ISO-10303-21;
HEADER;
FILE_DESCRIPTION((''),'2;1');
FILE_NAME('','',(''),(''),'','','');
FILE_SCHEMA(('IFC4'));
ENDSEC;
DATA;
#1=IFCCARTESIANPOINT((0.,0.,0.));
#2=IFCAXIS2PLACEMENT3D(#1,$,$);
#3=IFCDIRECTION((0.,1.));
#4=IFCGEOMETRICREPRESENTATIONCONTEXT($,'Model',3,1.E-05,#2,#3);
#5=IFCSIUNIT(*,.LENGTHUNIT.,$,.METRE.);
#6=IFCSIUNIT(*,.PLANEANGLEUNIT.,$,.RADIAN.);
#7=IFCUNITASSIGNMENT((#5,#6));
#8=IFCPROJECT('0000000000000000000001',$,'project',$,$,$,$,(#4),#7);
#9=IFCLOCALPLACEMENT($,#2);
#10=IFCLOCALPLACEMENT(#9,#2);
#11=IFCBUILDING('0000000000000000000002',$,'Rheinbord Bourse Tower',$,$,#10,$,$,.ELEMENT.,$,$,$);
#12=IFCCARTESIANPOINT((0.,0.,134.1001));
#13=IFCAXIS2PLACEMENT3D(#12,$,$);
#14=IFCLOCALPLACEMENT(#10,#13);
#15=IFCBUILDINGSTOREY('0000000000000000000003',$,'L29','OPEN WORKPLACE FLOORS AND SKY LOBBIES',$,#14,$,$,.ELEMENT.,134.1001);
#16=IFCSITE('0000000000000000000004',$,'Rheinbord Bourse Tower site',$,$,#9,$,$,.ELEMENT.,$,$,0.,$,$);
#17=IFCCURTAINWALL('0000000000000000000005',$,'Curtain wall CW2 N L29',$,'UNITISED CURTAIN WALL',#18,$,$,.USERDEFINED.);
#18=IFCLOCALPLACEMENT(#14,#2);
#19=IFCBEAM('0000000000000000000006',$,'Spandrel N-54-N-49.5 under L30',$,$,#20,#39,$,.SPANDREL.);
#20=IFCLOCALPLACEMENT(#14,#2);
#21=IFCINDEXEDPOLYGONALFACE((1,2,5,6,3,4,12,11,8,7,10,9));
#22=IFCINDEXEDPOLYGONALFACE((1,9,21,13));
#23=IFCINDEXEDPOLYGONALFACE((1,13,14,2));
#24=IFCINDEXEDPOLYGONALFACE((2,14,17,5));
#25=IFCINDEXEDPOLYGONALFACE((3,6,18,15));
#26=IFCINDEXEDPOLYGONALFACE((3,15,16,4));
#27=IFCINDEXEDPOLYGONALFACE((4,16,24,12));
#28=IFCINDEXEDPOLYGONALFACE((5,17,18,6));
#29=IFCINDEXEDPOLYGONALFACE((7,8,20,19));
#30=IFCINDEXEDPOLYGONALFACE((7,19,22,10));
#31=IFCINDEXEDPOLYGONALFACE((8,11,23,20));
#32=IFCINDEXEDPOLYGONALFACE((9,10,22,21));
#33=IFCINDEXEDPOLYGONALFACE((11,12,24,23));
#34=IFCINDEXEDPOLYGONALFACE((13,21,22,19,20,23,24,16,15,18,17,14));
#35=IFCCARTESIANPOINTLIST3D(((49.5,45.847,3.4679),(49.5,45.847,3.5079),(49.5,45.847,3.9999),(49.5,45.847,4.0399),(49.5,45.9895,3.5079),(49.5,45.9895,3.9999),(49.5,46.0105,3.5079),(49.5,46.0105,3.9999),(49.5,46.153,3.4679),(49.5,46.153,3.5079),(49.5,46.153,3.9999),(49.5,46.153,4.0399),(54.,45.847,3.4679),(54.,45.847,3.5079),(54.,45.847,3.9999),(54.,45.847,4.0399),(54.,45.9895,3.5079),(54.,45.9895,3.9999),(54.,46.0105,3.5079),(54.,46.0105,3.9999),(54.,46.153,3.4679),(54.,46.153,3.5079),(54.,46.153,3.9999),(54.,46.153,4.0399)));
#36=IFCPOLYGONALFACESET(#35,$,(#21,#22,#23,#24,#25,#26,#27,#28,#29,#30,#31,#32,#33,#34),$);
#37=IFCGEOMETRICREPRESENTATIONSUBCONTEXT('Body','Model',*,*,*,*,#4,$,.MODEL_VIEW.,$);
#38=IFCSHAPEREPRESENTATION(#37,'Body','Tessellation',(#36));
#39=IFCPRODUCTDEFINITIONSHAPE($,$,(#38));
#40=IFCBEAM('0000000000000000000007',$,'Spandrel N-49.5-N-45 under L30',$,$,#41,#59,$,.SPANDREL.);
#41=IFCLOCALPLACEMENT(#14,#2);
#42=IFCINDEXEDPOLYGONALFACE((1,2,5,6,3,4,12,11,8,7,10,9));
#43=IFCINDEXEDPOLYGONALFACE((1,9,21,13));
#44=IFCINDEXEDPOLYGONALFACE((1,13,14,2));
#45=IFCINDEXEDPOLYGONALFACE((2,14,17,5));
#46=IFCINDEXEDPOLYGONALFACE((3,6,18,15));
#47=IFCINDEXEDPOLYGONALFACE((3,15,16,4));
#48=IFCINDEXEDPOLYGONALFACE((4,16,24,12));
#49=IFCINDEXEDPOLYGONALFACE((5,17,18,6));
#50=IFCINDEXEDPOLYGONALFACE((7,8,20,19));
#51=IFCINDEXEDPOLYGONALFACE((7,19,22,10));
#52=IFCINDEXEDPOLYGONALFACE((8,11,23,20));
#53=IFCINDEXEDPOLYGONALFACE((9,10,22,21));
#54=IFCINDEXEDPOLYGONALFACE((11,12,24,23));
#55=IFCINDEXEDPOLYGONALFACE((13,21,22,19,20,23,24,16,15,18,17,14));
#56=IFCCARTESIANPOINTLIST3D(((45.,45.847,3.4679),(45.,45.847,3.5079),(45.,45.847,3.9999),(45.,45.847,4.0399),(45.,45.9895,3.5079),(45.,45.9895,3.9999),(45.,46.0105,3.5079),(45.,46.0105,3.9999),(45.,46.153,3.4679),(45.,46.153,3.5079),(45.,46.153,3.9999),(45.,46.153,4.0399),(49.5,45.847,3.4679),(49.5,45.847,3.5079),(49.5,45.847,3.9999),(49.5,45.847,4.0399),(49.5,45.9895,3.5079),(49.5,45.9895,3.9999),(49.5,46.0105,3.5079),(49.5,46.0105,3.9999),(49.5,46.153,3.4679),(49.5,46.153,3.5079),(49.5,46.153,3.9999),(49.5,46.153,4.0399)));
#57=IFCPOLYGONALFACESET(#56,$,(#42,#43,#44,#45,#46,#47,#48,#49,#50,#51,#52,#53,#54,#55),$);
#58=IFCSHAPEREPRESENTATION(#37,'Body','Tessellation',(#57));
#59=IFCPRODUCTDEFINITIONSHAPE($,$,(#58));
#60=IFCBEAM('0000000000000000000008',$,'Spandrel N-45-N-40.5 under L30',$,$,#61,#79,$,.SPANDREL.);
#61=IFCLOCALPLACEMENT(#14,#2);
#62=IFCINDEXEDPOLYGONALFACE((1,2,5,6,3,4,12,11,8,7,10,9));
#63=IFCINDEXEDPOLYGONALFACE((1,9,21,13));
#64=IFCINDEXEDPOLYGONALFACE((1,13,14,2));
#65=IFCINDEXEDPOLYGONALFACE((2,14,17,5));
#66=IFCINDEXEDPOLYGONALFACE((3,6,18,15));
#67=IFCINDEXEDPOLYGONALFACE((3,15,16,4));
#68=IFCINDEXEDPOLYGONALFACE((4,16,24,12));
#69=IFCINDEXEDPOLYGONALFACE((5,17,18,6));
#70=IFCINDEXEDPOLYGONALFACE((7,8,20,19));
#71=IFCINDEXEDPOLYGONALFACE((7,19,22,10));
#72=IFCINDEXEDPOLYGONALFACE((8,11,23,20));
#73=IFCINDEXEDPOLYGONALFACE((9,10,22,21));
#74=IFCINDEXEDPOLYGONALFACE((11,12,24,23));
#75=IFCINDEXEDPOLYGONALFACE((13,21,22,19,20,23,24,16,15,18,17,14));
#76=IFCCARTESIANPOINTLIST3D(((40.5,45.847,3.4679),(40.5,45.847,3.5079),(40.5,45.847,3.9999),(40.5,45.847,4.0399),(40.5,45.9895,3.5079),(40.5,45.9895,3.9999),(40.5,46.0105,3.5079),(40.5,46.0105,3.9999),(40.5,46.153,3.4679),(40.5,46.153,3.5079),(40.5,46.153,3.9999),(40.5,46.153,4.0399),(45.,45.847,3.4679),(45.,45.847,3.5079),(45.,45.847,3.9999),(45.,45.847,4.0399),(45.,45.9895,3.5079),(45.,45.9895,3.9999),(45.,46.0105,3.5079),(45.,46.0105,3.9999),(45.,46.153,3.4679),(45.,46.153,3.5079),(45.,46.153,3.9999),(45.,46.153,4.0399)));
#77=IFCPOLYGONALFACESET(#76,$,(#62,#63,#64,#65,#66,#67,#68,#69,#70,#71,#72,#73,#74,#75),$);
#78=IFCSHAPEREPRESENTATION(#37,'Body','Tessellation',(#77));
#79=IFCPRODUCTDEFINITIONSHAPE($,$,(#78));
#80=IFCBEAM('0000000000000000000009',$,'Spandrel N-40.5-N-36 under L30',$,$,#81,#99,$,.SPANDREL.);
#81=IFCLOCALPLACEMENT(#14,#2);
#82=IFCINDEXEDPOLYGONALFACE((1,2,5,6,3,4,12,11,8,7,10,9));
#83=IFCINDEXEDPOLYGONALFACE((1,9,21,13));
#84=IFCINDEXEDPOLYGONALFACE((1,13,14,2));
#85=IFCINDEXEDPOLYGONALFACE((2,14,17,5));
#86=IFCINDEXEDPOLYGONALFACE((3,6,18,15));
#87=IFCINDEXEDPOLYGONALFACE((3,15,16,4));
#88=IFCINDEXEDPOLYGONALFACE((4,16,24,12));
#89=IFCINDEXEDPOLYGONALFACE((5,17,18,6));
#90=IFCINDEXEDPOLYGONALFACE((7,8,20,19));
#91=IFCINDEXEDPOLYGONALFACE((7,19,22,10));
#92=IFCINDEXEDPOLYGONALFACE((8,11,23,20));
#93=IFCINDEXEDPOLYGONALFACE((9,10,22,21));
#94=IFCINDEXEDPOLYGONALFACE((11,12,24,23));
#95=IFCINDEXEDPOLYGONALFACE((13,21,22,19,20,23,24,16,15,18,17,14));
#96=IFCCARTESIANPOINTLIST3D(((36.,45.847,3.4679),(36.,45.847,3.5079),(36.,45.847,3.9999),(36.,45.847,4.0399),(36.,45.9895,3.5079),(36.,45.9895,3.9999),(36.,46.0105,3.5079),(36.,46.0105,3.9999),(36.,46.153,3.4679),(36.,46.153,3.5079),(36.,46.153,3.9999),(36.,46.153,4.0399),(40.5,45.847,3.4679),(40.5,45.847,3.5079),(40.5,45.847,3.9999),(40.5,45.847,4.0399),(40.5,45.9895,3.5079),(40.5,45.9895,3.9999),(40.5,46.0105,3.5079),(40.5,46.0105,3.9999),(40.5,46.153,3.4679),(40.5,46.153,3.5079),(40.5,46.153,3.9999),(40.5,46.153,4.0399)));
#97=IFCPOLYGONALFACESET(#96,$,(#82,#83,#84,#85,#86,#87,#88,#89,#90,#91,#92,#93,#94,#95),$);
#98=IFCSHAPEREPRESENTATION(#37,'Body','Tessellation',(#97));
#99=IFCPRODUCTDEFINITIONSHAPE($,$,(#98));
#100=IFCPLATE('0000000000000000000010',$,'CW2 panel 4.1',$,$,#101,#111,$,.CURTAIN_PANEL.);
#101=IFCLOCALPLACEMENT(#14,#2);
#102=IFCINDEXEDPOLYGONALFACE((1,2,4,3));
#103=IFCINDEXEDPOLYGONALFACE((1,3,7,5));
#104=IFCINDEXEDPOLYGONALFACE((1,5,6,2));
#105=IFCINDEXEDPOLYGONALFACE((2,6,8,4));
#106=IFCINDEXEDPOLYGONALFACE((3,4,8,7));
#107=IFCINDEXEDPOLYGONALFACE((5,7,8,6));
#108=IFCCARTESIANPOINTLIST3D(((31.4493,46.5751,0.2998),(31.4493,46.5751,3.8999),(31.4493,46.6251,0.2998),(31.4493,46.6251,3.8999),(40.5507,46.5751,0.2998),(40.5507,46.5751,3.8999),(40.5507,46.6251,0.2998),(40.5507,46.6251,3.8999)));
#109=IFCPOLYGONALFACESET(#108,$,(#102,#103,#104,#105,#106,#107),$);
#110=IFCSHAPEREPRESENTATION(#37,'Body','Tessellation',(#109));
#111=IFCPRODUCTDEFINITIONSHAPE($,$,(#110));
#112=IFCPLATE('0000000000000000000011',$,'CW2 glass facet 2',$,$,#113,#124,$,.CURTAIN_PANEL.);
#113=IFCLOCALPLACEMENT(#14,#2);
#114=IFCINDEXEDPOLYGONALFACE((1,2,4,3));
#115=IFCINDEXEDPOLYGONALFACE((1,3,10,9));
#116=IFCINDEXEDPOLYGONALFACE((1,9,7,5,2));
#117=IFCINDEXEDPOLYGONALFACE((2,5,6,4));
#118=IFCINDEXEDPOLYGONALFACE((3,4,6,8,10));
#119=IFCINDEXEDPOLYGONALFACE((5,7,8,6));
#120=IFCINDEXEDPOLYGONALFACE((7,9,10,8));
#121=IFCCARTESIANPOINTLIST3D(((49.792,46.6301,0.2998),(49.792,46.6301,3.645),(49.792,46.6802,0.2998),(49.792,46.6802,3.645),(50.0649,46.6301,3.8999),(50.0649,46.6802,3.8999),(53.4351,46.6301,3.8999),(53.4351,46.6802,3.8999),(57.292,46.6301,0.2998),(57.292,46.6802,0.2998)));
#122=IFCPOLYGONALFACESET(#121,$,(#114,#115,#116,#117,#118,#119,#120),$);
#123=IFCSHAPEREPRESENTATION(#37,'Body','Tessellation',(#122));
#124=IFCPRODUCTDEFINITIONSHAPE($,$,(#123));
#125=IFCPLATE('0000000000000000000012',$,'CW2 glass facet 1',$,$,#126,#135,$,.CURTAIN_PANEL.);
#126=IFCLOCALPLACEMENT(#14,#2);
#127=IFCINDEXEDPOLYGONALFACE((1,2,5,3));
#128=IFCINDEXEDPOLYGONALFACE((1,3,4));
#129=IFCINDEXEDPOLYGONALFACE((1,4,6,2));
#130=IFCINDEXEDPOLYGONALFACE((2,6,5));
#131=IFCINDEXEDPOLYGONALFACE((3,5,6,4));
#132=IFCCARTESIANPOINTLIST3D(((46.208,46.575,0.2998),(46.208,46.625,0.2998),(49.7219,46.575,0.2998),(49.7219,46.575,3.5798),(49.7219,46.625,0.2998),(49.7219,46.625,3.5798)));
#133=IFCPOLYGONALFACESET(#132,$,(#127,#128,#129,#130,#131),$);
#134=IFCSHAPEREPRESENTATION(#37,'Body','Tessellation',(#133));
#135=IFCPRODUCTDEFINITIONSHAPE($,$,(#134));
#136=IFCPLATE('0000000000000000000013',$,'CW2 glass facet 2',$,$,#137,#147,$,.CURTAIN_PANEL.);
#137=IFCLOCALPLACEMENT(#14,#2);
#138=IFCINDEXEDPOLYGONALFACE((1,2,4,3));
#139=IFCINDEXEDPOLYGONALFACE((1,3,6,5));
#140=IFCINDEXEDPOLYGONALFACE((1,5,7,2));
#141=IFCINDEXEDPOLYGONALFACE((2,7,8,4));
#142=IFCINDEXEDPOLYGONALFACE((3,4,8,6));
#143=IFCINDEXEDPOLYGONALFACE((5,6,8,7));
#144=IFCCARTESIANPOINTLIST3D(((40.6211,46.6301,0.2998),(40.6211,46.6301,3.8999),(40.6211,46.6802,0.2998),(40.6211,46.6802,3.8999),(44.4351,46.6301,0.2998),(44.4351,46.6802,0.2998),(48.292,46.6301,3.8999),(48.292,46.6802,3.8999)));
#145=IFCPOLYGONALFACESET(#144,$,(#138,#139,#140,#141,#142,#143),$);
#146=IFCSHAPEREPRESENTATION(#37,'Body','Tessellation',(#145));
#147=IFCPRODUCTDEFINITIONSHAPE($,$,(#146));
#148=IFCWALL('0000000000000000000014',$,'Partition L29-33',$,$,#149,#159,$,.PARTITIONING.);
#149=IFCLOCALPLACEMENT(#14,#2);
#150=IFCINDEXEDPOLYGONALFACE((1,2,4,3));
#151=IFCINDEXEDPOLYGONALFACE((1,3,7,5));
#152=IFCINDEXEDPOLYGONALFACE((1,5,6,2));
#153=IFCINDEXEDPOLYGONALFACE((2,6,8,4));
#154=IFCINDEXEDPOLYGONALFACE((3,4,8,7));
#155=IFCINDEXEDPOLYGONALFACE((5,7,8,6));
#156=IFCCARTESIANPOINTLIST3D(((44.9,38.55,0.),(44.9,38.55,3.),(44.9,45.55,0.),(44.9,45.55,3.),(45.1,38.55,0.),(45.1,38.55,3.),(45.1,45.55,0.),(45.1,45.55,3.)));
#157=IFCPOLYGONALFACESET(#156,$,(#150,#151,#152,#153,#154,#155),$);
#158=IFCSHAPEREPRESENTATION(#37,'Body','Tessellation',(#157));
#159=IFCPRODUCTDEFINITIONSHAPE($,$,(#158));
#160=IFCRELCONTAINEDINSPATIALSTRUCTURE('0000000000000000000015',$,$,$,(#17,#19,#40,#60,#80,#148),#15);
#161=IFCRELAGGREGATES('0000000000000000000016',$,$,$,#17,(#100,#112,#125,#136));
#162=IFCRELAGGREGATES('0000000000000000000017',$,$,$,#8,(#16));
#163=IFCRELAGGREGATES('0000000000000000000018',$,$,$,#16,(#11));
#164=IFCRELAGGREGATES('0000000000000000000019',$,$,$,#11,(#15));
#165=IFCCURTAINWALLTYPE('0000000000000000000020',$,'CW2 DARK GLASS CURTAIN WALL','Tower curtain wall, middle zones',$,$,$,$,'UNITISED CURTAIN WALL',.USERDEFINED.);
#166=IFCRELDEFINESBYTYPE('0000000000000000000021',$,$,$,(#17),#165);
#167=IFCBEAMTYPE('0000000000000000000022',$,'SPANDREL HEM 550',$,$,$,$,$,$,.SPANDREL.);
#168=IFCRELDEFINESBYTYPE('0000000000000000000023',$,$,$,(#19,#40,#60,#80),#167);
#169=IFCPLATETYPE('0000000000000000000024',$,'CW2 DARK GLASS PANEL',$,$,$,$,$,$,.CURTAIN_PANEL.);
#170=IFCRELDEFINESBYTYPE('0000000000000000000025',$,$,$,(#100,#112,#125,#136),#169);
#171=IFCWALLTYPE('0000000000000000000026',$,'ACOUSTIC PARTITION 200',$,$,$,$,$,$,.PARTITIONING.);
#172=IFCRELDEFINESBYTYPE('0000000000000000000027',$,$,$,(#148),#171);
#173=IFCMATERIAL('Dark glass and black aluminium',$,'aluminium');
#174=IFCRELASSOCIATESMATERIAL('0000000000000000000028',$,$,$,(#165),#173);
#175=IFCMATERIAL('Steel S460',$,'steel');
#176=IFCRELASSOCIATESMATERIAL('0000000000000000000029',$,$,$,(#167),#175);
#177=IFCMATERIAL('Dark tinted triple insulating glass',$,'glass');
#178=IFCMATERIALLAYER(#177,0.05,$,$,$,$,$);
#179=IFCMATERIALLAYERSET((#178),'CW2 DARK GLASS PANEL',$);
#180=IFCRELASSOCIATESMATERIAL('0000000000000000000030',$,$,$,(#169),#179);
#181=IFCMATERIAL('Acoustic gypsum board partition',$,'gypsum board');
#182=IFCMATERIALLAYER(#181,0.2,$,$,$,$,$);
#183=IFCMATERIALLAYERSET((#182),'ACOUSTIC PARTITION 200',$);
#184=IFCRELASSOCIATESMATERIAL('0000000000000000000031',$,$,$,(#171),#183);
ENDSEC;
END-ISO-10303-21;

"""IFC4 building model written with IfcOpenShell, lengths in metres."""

from ifc_helpers import new_model, si_unit, direction, frame, frame_2d, origin, origin_2d, place, context, subcontext, project, spatial, polyline, rectangle, i_section, outline, extrude, material, layer, layer_set, material_profile, profile_set, type_object, element, aggregate, save


model = new_model("IFC4")

# Units and contexts
model_context = context("Model", 3, precision=1e-05, world=origin(), true_north=direction((0.0, 1.0)))
body_context = subcontext(model_context, "Body", "Model", "MODEL_VIEW")
ifc_project = project(units=[si_unit("LENGTHUNIT", "METRE"), si_unit("PLANEANGLEUNIT", "RADIAN")], contexts=[model_context])

# Site, building, storey
site_placement = place(None, origin())
site = spatial("IfcSite", under=ifc_project, at=site_placement, Name="Rheinbord Bourse Tower site", CompositionType="ELEMENT", RefElevation=0.0)
building_placement = place(site_placement, origin())
building = spatial("IfcBuilding", under=site, at=building_placement, Name="Rheinbord Bourse Tower", CompositionType="ELEMENT")
storey_placement = place(building_placement, frame((0.0, 0.0, 134.1001)))
storey = spatial("IfcBuildingStorey", under=building, at=storey_placement, Name="L29", Description="OPEN WORKPLACE FLOORS AND SKY LOBBIES", CompositionType="ELEMENT", Elevation=134.1001)

# Curtain wall
ifc_material_1 = material(Name="Dark glass and black aluminium", Category="aluminium")
curtain_wall_type = type_object("IfcCurtainWallType", Name="CW2 DARK GLASS CURTAIN WALL", Description="Tower curtain wall, middle zones", ElementType="UNITISED CURTAIN WALL", PredefinedType="USERDEFINED", material=ifc_material_1)
curtain_wall_placement = place(storey_placement, origin())
curtain_wall = element("IfcCurtainWall", 1, at=curtain_wall_placement, inside=storey, type_object=curtain_wall_type, Name="Curtain wall CW2 N L29", ObjectType="UNITISED CURTAIN WALL", PredefinedType="USERDEFINED")

# Beams
ifc_material_2 = material(Name="Steel S460", Category="steel")
ifc_material_profile_1 = material_profile(ifc_material_2, i_section(OverallWidth=0.3059, OverallDepth=0.572, WebThickness=0.021, FlangeThickness=0.04, at=origin_2d()), Name="HEM 550")
ifc_profile_set_1 = profile_set([ifc_material_profile_1], Name="Steel S460")
beam_type_1 = type_object("IfcBeamType", Name="SPANDREL HEM 550", PredefinedType="SPANDREL", material=ifc_profile_set_1)
for number, where, z_axis, x_axis, name in (
    (2, (54.0, 46.0, 3.7539), (-1.0, 0.0, 0.0), (0.0, -1.0, 0.0), "Spandrel N-54-N-49.5 under L30"),
    (3, (49.5, 46.0, 3.7539), (-1.0, 0.0, 0.0), (0.0, -1.0, 0.0), "Spandrel N-49.5-N-45 under L30"),
    (4, (45.0, 46.0, 3.7539), (-1.0, 0.0, 0.0), (0.0, -1.0, 0.0), "Spandrel N-45-N-40.5 under L30"),
    (5, (40.5, 46.0, 3.7539), (-1.0, 0.0, 0.0), (0.0, -1.0, 0.0), "Spandrel N-40.5-N-36 under L30"),
):
    element("IfcBeam", number, at=place(storey_placement, frame(where, z_axis=z_axis, x_axis=x_axis)), inside=storey, type_object=beam_type_1, Name=name, PredefinedType="SPANDREL", context=body_context, shape_type="SweptSolid", body=[
        extrude(i_section(OverallWidth=0.3059, OverallDepth=0.572, WebThickness=0.021, FlangeThickness=0.04, at=origin_2d()), origin(), (0.0, 0.0, 1.0), 4.5),
    ])

# Plates
ifc_material_3 = material(Name="Dark tinted triple insulating glass", Category="glass")
ifc_layer_1 = layer(ifc_material_3, 0.05)
ifc_layer_set_1 = layer_set([ifc_layer_1], Name="CW2 DARK GLASS PANEL")
plate_type = type_object("IfcPlateType", Name="CW2 DARK GLASS PANEL", PredefinedType="CURTAIN_PANEL", material=ifc_layer_set_1)
plate_1_placement = place(storey_placement, frame((36.0, 46.6001, 0.2998), z_axis=(0.0, 0.0, 1.0), x_axis=(-1.0, 0.0, 0.0)))
plate_1 = element("IfcPlate", 6, at=plate_1_placement, type_object=plate_type, Name="CW2 panel 4.1", PredefinedType="CURTAIN_PANEL", context=body_context, shape_type="SweptSolid", body=[
    extrude(rectangle(XDim=9.1013, YDim=0.05, at=origin_2d()), origin(), (0.0, 0.0, 1.0), 3.6001),
])
plate_2_placement = place(storey_placement, frame((49.792, 46.6802, 0.2998), z_axis=(0.0, -1.0, 0.0), x_axis=(1.0, 0.0, 0.0)))
plate_2 = element("IfcPlate", 7, at=plate_2_placement, type_object=plate_type, Name="CW2 glass facet 2", PredefinedType="CURTAIN_PANEL", context=body_context, shape_type="SweptSolid", body=[
    extrude(outline(polyline([(0.0, 0.0), (7.5, 0.0), (3.6431, 3.6001), (0.2729, 3.6001), (0.0, 3.3452), (0.0, 0.0)])), origin(), (0.0, 0.0, 1.0), 0.05),
])
plate_3_placement = place(storey_placement, frame((49.7219, 46.625, 0.2998), z_axis=(0.0, -1.0, 0.0), x_axis=(0.0, 0.0, 1.0)))
plate_3 = element("IfcPlate", 8, at=plate_3_placement, type_object=plate_type, Name="CW2 glass facet 1", PredefinedType="CURTAIN_PANEL", context=body_context, shape_type="SweptSolid", body=[
    extrude(outline(polyline([(0.0, 0.0), (3.28, 0.0), (0.0, 3.5139), (0.0, 0.0)])), origin(), (0.0, 0.0, 1.0), 0.05),
])
plate_4_placement = place(storey_placement, frame((40.6211, 46.6802, 3.8999), z_axis=(0.0, -1.0, 0.0), x_axis=(0.0, 0.0, -1.0)))
plate_4 = element("IfcPlate", 9, at=plate_4_placement, type_object=plate_type, Name="CW2 glass facet 2", PredefinedType="CURTAIN_PANEL", context=body_context, shape_type="SweptSolid", body=[
    extrude(outline(polyline([(0.0, 0.0), (3.6001, 0.0), (3.6001, 3.814), (0.0, 7.6709), (0.0, 0.0)])), origin(), (0.0, 0.0, 1.0), 0.05),
])
aggregate(curtain_wall, [plate_1, plate_2, plate_3, plate_4])

# Wall
ifc_material_4 = material(Name="Acoustic gypsum board partition", Category="gypsum board")
ifc_layer_2 = layer(ifc_material_4, 0.2)
ifc_layer_set_2 = layer_set([ifc_layer_2], Name="ACOUSTIC PARTITION 200")
wall_type_1 = type_object("IfcWallType", Name="ACOUSTIC PARTITION 200", PredefinedType="PARTITIONING", material=ifc_layer_set_2)
wall_1_placement = place(storey_placement, frame((45.0, 38.55, 0.0), z_axis=(0.0, 0.0, 1.0), x_axis=(0.0, 1.0, 0.0)))
element("IfcWall", 10, at=wall_1_placement, inside=storey, type_object=wall_type_1, Name="Partition L29-33", PredefinedType="PARTITIONING", context=body_context, shape_type="SweptSolid", body=[
    extrude(rectangle(XDim=7.0, YDim=0.2, at=frame_2d((3.5, 0.0))), origin(), (0.0, 0.0, 1.0), 3.0),
])

save(model, "model.ifc")
